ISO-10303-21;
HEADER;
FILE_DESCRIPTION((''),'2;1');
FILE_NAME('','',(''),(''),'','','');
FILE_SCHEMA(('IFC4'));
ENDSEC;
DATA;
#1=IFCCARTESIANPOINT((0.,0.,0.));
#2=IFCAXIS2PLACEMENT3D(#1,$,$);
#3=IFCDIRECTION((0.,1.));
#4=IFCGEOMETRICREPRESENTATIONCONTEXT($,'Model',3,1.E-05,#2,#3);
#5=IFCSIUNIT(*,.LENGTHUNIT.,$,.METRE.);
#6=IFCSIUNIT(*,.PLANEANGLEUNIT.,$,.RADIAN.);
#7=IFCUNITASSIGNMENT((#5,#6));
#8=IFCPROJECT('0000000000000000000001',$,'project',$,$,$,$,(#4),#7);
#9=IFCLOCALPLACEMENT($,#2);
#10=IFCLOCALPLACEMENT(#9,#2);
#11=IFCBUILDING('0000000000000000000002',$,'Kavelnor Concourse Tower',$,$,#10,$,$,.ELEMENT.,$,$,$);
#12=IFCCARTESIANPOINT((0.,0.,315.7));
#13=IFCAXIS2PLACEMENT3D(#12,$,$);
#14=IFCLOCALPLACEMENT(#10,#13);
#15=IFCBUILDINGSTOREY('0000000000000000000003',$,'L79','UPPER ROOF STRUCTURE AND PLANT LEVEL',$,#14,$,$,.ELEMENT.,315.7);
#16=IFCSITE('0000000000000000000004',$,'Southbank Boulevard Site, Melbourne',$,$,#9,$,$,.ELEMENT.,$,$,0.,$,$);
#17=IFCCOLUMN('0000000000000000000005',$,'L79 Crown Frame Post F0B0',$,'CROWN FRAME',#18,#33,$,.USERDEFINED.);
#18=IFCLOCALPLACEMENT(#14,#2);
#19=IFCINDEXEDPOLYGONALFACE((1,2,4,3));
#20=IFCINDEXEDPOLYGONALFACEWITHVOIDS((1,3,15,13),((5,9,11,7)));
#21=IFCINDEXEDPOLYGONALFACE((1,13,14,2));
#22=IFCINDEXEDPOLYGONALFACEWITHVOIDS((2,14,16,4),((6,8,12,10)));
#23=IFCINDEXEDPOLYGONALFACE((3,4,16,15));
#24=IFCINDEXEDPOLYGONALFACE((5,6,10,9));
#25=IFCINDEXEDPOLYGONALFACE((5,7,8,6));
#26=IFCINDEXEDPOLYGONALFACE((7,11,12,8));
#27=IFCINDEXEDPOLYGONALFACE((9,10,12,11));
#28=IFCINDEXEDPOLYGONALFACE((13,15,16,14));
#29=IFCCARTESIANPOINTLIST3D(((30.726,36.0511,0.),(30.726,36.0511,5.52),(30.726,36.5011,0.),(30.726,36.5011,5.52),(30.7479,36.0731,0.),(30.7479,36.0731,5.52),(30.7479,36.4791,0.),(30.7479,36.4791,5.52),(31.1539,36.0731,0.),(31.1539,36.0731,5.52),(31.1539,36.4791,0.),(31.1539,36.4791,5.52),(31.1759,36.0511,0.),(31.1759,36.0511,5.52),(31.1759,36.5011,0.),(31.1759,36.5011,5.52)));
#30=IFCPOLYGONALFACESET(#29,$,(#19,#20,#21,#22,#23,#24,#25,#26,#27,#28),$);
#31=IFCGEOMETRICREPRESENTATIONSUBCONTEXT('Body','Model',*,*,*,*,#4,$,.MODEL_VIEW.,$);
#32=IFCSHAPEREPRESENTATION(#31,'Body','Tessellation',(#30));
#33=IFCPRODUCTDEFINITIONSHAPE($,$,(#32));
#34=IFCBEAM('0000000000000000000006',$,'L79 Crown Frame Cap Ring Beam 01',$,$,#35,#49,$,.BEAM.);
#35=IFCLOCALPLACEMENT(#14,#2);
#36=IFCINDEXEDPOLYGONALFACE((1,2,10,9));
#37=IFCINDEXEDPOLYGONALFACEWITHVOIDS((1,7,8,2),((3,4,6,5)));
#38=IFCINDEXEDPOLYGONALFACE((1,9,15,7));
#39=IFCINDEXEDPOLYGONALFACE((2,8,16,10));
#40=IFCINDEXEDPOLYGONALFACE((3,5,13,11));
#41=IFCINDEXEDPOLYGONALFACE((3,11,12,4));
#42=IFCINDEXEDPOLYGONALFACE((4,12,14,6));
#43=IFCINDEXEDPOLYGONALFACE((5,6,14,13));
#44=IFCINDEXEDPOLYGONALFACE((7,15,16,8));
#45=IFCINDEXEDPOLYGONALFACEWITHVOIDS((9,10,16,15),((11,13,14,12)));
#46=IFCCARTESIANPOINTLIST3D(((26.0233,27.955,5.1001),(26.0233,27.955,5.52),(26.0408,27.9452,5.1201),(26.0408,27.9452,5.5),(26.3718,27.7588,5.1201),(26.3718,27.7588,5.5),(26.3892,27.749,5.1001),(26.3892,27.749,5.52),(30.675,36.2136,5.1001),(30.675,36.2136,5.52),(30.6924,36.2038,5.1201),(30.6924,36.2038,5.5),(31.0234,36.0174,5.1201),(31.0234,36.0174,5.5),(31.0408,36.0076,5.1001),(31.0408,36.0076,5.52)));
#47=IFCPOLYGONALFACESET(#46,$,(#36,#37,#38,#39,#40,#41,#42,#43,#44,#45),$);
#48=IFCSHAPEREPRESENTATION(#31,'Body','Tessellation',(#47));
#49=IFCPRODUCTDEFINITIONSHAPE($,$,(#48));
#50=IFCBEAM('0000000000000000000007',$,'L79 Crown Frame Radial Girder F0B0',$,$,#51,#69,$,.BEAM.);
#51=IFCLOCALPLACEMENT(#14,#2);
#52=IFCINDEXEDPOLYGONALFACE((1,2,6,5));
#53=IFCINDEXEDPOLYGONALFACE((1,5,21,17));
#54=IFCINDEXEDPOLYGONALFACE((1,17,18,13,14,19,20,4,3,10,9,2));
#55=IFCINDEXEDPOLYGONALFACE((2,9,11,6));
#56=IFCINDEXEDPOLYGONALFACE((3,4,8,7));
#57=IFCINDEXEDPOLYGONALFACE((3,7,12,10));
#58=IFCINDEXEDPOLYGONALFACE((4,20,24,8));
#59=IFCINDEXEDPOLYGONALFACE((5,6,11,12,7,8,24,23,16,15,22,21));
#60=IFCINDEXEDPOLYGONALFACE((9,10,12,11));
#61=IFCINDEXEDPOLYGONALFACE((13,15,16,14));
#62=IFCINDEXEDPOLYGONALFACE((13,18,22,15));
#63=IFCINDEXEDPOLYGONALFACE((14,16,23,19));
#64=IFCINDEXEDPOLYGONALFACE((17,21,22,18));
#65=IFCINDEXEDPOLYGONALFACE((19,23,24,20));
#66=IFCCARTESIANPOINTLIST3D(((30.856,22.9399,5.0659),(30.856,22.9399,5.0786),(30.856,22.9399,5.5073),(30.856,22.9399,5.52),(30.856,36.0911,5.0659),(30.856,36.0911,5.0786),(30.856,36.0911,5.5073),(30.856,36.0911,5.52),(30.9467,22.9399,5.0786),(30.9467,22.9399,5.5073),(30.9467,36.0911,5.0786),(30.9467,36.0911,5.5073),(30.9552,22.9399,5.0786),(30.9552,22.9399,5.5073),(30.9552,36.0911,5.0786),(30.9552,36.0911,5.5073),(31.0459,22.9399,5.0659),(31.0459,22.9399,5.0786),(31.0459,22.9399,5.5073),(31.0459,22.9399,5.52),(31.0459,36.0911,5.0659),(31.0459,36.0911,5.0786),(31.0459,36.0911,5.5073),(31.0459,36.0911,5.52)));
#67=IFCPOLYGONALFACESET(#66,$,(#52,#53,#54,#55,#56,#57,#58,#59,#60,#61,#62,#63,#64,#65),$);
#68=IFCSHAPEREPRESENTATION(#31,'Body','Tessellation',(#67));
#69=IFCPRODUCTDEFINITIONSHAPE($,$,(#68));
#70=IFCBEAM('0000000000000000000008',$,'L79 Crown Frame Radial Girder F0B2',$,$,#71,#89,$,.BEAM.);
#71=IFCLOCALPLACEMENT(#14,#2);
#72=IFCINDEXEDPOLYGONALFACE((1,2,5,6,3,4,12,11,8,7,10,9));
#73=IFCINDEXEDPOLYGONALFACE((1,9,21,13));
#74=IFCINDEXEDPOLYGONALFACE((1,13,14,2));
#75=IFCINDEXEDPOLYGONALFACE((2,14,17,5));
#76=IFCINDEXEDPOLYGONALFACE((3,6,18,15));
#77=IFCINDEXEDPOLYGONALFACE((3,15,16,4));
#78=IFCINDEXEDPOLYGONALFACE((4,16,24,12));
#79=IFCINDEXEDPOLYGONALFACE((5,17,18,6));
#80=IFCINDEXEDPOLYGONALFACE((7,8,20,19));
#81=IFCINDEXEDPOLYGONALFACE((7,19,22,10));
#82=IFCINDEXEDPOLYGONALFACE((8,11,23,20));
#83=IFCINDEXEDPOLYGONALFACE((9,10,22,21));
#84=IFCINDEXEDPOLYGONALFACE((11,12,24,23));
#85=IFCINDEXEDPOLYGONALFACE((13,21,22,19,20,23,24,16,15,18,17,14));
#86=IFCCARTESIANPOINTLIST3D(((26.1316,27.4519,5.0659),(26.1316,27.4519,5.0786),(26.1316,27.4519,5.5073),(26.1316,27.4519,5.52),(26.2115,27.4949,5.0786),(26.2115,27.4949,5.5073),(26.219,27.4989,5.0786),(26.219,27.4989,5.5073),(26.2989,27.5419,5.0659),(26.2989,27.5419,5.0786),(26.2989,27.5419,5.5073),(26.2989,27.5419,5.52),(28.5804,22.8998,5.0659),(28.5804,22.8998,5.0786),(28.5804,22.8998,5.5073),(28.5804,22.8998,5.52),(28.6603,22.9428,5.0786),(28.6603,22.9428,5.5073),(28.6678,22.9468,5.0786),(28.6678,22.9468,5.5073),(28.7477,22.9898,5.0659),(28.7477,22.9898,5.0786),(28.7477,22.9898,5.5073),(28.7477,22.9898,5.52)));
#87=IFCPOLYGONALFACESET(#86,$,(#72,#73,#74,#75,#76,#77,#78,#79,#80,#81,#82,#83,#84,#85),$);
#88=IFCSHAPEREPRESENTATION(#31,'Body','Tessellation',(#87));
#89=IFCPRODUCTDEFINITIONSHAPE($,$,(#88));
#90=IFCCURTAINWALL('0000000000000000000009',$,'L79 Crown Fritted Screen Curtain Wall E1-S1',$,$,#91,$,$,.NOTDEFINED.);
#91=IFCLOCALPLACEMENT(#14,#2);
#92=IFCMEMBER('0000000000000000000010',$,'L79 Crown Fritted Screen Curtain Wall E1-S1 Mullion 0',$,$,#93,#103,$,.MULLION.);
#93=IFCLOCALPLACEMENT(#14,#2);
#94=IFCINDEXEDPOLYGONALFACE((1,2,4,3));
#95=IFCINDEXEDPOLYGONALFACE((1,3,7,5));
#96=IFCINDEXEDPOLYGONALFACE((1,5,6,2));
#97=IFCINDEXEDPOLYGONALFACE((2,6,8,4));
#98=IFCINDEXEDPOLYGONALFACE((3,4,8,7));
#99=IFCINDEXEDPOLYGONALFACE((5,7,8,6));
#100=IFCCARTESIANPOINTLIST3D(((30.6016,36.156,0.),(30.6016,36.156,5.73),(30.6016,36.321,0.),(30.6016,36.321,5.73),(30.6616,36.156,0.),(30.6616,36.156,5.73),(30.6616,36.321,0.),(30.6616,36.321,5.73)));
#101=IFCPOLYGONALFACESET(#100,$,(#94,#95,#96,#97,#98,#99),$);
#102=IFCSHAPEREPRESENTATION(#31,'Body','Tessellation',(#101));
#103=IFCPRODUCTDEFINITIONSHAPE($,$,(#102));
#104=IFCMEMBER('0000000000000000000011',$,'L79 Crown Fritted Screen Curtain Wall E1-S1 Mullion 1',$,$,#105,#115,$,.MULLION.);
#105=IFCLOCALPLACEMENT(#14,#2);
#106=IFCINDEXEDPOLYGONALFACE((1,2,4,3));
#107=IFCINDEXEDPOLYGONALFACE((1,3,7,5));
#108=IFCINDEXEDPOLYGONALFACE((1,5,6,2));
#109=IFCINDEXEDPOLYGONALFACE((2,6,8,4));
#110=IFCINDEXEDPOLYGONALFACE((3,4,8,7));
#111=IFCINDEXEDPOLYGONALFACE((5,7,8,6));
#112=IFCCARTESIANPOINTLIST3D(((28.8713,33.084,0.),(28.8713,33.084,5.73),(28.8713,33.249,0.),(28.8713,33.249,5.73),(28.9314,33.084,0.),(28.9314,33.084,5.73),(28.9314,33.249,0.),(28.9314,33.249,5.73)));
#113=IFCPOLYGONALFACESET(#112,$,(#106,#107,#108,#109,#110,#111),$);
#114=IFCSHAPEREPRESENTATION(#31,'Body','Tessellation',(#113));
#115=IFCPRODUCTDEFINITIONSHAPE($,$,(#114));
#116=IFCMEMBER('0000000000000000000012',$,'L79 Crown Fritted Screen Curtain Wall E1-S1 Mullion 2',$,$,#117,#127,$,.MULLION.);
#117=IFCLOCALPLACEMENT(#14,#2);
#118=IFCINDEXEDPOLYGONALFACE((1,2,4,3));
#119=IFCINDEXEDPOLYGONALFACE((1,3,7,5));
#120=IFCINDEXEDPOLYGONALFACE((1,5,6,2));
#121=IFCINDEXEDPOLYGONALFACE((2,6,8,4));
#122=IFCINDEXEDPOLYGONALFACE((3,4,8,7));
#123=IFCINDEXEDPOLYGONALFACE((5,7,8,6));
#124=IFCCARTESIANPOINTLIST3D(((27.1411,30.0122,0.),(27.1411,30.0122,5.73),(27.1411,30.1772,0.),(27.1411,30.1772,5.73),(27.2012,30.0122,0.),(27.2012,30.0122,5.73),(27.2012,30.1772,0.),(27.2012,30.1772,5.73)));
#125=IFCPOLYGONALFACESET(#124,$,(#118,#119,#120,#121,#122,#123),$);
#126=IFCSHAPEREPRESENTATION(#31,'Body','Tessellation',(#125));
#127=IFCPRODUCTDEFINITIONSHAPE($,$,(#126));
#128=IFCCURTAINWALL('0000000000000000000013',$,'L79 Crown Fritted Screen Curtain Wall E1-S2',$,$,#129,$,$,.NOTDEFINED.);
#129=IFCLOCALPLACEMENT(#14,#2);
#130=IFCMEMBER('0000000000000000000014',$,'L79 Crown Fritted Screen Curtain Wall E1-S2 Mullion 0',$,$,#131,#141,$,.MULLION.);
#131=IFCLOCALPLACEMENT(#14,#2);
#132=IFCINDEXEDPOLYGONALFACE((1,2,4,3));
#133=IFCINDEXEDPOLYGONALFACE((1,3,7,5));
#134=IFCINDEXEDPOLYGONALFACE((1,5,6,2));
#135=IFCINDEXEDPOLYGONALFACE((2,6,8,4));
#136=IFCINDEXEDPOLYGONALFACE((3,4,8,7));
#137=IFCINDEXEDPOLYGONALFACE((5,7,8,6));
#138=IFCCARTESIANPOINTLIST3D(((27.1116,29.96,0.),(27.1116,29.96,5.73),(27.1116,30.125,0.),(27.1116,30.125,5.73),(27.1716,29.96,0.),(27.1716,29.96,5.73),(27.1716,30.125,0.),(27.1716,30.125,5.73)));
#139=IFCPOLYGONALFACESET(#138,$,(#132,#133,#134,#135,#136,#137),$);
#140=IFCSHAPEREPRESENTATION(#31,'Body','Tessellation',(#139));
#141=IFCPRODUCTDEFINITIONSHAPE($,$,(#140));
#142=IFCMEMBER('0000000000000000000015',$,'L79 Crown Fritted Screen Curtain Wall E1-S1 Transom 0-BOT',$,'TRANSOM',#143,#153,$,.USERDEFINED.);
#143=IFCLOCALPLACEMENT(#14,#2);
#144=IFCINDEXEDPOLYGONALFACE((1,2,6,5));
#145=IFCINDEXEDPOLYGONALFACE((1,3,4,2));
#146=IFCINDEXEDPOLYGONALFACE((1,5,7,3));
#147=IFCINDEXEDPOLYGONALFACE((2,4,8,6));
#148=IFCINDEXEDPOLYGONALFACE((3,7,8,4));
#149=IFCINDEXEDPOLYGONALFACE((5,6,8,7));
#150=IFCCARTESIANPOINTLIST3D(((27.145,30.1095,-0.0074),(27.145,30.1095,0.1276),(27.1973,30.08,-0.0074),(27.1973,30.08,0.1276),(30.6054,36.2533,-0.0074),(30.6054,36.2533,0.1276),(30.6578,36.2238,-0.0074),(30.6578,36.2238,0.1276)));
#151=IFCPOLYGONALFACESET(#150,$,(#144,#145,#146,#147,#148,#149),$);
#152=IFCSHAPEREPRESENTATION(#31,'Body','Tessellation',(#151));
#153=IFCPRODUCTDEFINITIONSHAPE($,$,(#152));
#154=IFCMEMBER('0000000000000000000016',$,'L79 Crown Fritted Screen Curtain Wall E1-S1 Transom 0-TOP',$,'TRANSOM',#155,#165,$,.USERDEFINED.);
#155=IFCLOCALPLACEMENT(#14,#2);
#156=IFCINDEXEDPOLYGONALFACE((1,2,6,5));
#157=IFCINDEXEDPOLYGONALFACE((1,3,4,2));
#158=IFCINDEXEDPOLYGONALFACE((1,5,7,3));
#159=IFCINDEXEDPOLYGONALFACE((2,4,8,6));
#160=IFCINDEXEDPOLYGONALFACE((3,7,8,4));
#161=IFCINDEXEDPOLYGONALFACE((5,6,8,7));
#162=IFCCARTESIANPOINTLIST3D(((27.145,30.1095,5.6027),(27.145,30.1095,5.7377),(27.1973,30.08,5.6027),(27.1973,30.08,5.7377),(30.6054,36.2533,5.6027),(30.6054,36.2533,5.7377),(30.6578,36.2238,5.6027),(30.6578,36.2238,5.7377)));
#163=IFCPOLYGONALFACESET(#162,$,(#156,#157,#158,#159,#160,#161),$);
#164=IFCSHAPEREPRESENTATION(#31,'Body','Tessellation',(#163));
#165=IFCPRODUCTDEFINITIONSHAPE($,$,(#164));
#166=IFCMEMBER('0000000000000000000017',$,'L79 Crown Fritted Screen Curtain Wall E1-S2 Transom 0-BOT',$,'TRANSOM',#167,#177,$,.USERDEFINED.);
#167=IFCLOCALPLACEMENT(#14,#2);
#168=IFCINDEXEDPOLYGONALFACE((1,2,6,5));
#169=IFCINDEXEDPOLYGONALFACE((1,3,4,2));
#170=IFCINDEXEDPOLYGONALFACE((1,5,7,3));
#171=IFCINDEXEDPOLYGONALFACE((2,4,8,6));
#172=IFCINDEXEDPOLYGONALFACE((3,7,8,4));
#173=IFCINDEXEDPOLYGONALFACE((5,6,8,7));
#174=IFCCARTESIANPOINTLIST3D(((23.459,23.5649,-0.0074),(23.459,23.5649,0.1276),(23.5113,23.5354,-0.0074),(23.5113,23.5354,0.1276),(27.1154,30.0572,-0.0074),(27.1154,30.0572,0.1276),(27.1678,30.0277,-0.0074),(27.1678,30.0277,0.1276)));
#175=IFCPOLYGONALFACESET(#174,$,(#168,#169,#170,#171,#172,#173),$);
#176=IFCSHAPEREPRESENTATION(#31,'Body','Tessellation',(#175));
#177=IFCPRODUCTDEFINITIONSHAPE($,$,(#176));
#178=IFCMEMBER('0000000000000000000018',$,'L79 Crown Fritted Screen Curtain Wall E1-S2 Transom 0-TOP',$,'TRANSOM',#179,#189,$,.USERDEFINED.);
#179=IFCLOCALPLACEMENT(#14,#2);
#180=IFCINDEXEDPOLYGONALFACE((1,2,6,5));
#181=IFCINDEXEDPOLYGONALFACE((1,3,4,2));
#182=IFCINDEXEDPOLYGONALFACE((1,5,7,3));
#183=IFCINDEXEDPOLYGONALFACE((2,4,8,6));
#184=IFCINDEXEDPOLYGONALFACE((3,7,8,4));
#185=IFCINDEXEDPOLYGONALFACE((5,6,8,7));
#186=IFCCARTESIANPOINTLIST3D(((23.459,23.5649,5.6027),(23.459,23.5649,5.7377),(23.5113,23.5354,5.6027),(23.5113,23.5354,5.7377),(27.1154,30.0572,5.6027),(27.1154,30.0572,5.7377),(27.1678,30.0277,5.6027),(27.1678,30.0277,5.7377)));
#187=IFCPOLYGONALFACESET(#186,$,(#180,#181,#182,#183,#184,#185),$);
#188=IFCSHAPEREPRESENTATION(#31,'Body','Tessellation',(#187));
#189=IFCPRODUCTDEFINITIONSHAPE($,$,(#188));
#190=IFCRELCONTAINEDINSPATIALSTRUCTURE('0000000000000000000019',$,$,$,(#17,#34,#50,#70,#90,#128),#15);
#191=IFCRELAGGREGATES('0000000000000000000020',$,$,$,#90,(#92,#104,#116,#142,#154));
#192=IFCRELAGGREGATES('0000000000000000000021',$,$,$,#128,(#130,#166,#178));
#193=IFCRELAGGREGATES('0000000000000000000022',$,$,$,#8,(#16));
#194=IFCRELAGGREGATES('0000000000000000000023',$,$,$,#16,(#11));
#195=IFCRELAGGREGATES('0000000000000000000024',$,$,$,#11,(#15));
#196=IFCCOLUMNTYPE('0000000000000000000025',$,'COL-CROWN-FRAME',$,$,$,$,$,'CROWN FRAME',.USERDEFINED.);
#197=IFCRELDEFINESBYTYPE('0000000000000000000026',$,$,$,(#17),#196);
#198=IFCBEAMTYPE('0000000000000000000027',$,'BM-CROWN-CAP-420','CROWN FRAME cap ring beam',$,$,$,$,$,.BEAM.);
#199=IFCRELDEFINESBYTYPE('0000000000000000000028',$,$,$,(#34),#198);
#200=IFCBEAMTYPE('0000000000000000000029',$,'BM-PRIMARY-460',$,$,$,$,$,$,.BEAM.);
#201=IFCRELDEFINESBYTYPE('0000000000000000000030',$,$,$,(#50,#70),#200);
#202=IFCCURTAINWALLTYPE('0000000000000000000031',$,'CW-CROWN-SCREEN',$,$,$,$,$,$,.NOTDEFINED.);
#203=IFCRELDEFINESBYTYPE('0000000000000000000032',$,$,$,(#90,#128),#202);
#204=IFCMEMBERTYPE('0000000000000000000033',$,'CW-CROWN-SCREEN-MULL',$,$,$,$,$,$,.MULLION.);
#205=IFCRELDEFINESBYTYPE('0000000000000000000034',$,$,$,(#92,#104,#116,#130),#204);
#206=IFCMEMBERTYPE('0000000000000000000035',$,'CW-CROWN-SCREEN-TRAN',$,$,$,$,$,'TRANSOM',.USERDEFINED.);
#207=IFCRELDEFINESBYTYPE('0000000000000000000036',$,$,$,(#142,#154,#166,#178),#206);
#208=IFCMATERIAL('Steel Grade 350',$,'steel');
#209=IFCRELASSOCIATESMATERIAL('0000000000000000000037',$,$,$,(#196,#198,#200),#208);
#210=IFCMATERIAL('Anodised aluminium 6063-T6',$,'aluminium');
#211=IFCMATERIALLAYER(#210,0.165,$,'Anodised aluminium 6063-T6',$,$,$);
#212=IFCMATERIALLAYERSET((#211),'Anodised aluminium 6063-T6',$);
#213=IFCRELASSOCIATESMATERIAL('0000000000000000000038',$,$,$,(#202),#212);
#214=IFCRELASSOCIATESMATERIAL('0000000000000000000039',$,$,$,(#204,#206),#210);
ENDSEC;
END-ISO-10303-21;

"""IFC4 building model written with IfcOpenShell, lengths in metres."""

from ifc_helpers import new_model, si_unit, direction, frame, origin, origin_2d, place, context, subcontext, project, spatial, rectangle, hollow_rectangle, i_section, extrude, material, layer, layer_set, material_profile, profile_set, type_object, element, aggregate, save


model = new_model("IFC4")

# Units and contexts
model_context = context("Model", 3, precision=1e-05, world=origin(), true_north=direction((0.0, 1.0)))
body_context = subcontext(model_context, "Body", "Model", "MODEL_VIEW")
ifc_project = project(units=[si_unit("LENGTHUNIT", "METRE"), si_unit("PLANEANGLEUNIT", "RADIAN")], contexts=[model_context])

# Site, building, storey
site_placement = place(None, origin())
site = spatial("IfcSite", under=ifc_project, at=site_placement, Name="Southbank Boulevard Site, Melbourne", CompositionType="ELEMENT", RefElevation=0.0)
building_placement = place(site_placement, origin())
building = spatial("IfcBuilding", under=site, at=building_placement, Name="Kavelnor Concourse Tower", CompositionType="ELEMENT")
storey_placement = place(building_placement, frame((0.0, 0.0, 315.7)))
storey = spatial("IfcBuildingStorey", under=building, at=storey_placement, Name="L79", Description="UPPER ROOF STRUCTURE AND PLANT LEVEL", CompositionType="ELEMENT", Elevation=315.7)

# Column
ifc_material_1 = material(Name="Steel Grade 350", Category="steel")
ifc_material_profile_1 = material_profile(ifc_material_1, hollow_rectangle(XDim=0.45, YDim=0.45, WallThickness=0.022, at=origin_2d()), Name="SHS 450x450x22")
ifc_profile_set_1 = profile_set([ifc_material_profile_1], Name="Steel Grade 350")
column_type = type_object("IfcColumnType", Name="COL-CROWN-FRAME", ElementType="CROWN FRAME", PredefinedType="USERDEFINED", material=ifc_profile_set_1)
column_placement = place(storey_placement, frame((30.9509, 36.2761, 0.0), z_axis=(0.0, 0.0, 1.0), x_axis=(1.0, 0.0, 0.0)))
element("IfcColumn", 1, at=column_placement, inside=storey, type_object=column_type, Name="L79 Crown Frame Post F0B0", ObjectType="CROWN FRAME", PredefinedType="USERDEFINED", context=body_context, shape_type="SweptSolid", body=[
    extrude(hollow_rectangle(XDim=0.45, YDim=0.45, WallThickness=0.022, at=origin_2d()), origin(), (0.0, 0.0, 1.0), 5.52),
])

# Beams
ifc_material_profile_2 = material_profile(ifc_material_1, hollow_rectangle(XDim=0.4199, YDim=0.4199, WallThickness=0.02, at=origin_2d()), Name="RHS 420x420x20")
ifc_profile_set_2 = profile_set([ifc_material_profile_2], Name="Steel Grade 350")
beam_type_1 = type_object("IfcBeamType", Name="BM-CROWN-CAP-420", Description="CROWN FRAME cap ring beam", PredefinedType="BEAM", material=ifc_profile_set_2)
beam_1_placement = place(storey_placement, frame((30.8579, 36.1106, 5.3101), z_axis=(-0.490756, -0.871297, 0.0), x_axis=(0.871297, -0.490756, 0.0)))
element("IfcBeam", 2, at=beam_1_placement, inside=storey, type_object=beam_type_1, Name="L79 Crown Frame Cap Ring Beam 01", PredefinedType="BEAM", context=body_context, shape_type="SweptSolid", body=[
    extrude(hollow_rectangle(XDim=0.4199, YDim=0.4199, WallThickness=0.02, at=origin_2d()), origin(), (0.0, 0.0, 1.0), 9.4785),
])
ifc_material_profile_3 = material_profile(ifc_material_1, i_section(OverallWidth=0.1899, OverallDepth=0.4541, WebThickness=0.0085, FlangeThickness=0.0127, at=origin_2d()), Name="460UB67")
ifc_profile_set_3 = profile_set([ifc_material_profile_3], Name="Steel Grade 350")
beam_type_2 = type_object("IfcBeamType", Name="BM-PRIMARY-460", PredefinedType="BEAM", material=ifc_profile_set_3)
beam_2_placement = place(storey_placement, frame((30.9509, 22.9399, 5.293), z_axis=(0.0, 1.0, 0.0), x_axis=(-1.0, 0.0, 0.0)))
element("IfcBeam", 3, at=beam_2_placement, inside=storey, type_object=beam_type_2, Name="L79 Crown Frame Radial Girder F0B0", PredefinedType="BEAM", context=body_context, shape_type="SweptSolid", body=[
    extrude(i_section(OverallWidth=0.1899, OverallDepth=0.4541, WebThickness=0.0085, FlangeThickness=0.0127, at=origin_2d()), origin(), (0.0, 0.0, 1.0), 13.1511),
])
beam_3_placement = place(storey_placement, frame((28.6641, 22.9448, 5.293), z_axis=(-0.473748, 0.880661, 0.0), x_axis=(-0.880661, -0.473748, 0.0)))
element("IfcBeam", 4, at=beam_3_placement, inside=storey, type_object=beam_type_2, Name="L79 Crown Frame Radial Girder F0B2", PredefinedType="BEAM", context=body_context, shape_type="SweptSolid", body=[
    extrude(i_section(OverallWidth=0.1899, OverallDepth=0.4541, WebThickness=0.0085, FlangeThickness=0.0127, at=origin_2d()), origin(), (0.0, 0.0, 1.0), 5.1689),
])

# Curtain wall, members
ifc_material_2 = material(Name="Anodised aluminium 6063-T6", Category="aluminium")
ifc_layer_1 = layer(ifc_material_2, 0.165, Name="Anodised aluminium 6063-T6")
ifc_layer_set_1 = layer_set([ifc_layer_1], Name="Anodised aluminium 6063-T6")
curtain_wall_type = type_object("IfcCurtainWallType", Name="CW-CROWN-SCREEN", PredefinedType="NOTDEFINED", material=ifc_layer_set_1)
curtain_wall_1_placement = place(storey_placement, origin())
curtain_wall_1 = element("IfcCurtainWall", 5, at=curtain_wall_1_placement, inside=storey, type_object=curtain_wall_type, Name="L79 Crown Fritted Screen Curtain Wall E1-S1", PredefinedType="NOTDEFINED")
ifc_material_profile_4 = material_profile(ifc_material_2, rectangle(XDim=0.0601, YDim=0.165, at=origin_2d()), Name="AL-MULL 60x165")
ifc_profile_set_4 = profile_set([ifc_material_profile_4], Name="Anodised aluminium 6063-T6")
member_type_1 = type_object("IfcMemberType", Name="CW-CROWN-SCREEN-MULL", PredefinedType="MULLION", material=ifc_profile_set_4)
member_1_placement = place(storey_placement, frame((30.6316, 36.2385, 0.0), z_axis=(0.0, 0.0, 1.0), x_axis=(1.0, 0.0, 0.0)))
member_1 = element("IfcMember", 6, at=member_1_placement, type_object=member_type_1, Name="L79 Crown Fritted Screen Curtain Wall E1-S1 Mullion 0", PredefinedType="MULLION", context=body_context, shape_type="SweptSolid", body=[
    extrude(rectangle(XDim=0.0601, YDim=0.165, at=origin_2d()), origin(), (0.0, 0.0, 1.0), 5.73),
])
member_2_placement = place(storey_placement, frame((28.9014, 33.1665, 0.0), z_axis=(0.0, 0.0, 1.0), x_axis=(1.0, 0.0, 0.0)))
member_2 = element("IfcMember", 7, at=member_2_placement, type_object=member_type_1, Name="L79 Crown Fritted Screen Curtain Wall E1-S1 Mullion 1", PredefinedType="MULLION", context=body_context, shape_type="SweptSolid", body=[
    extrude(rectangle(XDim=0.0601, YDim=0.165, at=origin_2d()), origin(), (0.0, 0.0, 1.0), 5.73),
])
member_3_placement = place(storey_placement, frame((27.1711, 30.0947, 0.0), z_axis=(0.0, 0.0, 1.0), x_axis=(1.0, 0.0, 0.0)))
member_3 = element("IfcMember", 8, at=member_3_placement, type_object=member_type_1, Name="L79 Crown Fritted Screen Curtain Wall E1-S1 Mullion 2", PredefinedType="MULLION", context=body_context, shape_type="SweptSolid", body=[
    extrude(rectangle(XDim=0.0601, YDim=0.165, at=origin_2d()), origin(), (0.0, 0.0, 1.0), 5.73),
])

# Curtain wall, member
curtain_wall_2_placement = place(storey_placement, origin())
curtain_wall_2 = element("IfcCurtainWall", 9, at=curtain_wall_2_placement, inside=storey, type_object=curtain_wall_type, Name="L79 Crown Fritted Screen Curtain Wall E1-S2", PredefinedType="NOTDEFINED")
member_4_placement = place(storey_placement, frame((27.1416, 30.0425, 0.0), z_axis=(0.0, 0.0, 1.0), x_axis=(1.0, 0.0, 0.0)))
member_4 = element("IfcMember", 10, at=member_4_placement, type_object=member_type_1, Name="L79 Crown Fritted Screen Curtain Wall E1-S2 Mullion 0", PredefinedType="MULLION", context=body_context, shape_type="SweptSolid", body=[
    extrude(rectangle(XDim=0.0601, YDim=0.165, at=origin_2d()), origin(), (0.0, 0.0, 1.0), 5.73),
])

# Members
ifc_material_profile_5 = material_profile(ifc_material_2, rectangle(XDim=0.0601, YDim=0.135, at=origin_2d()), Name="AL-TRAN 60x135")
ifc_profile_set_5 = profile_set([ifc_material_profile_5], Name="Anodised aluminium 6063-T6")
member_type_2 = type_object("IfcMemberType", Name="CW-CROWN-SCREEN-TRAN", ElementType="TRANSOM", PredefinedType="USERDEFINED", material=ifc_profile_set_5)
member_5_placement = place(storey_placement, frame((30.6316, 36.2385, 0.0601), z_axis=(-0.490753, -0.871299, 0.0), x_axis=(0.871299, -0.490753, 0.0)))
member_5 = element("IfcMember", 11, at=member_5_placement, type_object=member_type_2, Name="L79 Crown Fritted Screen Curtain Wall E1-S1 Transom 0-BOT", ObjectType="TRANSOM", PredefinedType="USERDEFINED", context=body_context, shape_type="SweptSolid", body=[
    extrude(rectangle(XDim=0.0601, YDim=0.135, at=origin_2d()), origin(), (0.0, 0.0, 1.0), 7.0513),
])
member_6_placement = place(storey_placement, frame((30.6316, 36.2385, 5.6702), z_axis=(-0.490753, -0.871299, 0.0), x_axis=(0.871299, -0.490753, 0.0)))
member_6 = element("IfcMember", 12, at=member_6_placement, type_object=member_type_2, Name="L79 Crown Fritted Screen Curtain Wall E1-S1 Transom 0-TOP", ObjectType="TRANSOM", PredefinedType="USERDEFINED", context=body_context, shape_type="SweptSolid", body=[
    extrude(rectangle(XDim=0.0601, YDim=0.135, at=origin_2d()), origin(), (0.0, 0.0, 1.0), 7.0513),
])
member_7_placement = place(storey_placement, frame((27.1416, 30.0425, 0.0601), z_axis=(-0.49072, -0.871317, 0.0), x_axis=(0.871317, -0.49072, 0.0)))
member_7 = element("IfcMember", 13, at=member_7_placement, type_object=member_type_2, Name="L79 Crown Fritted Screen Curtain Wall E1-S2 Transom 0-BOT", ObjectType="TRANSOM", PredefinedType="USERDEFINED", context=body_context, shape_type="SweptSolid", body=[
    extrude(rectangle(XDim=0.0601, YDim=0.135, at=origin_2d()), origin(), (0.0, 0.0, 1.0), 7.4512),
])
member_8_placement = place(storey_placement, frame((27.1416, 30.0425, 5.6702), z_axis=(-0.49072, -0.871317, 0.0), x_axis=(0.871317, -0.49072, 0.0)))
member_8 = element("IfcMember", 14, at=member_8_placement, type_object=member_type_2, Name="L79 Crown Fritted Screen Curtain Wall E1-S2 Transom 0-TOP", ObjectType="TRANSOM", PredefinedType="USERDEFINED", context=body_context, shape_type="SweptSolid", body=[
    extrude(rectangle(XDim=0.0601, YDim=0.135, at=origin_2d()), origin(), (0.0, 0.0, 1.0), 7.4512),
])

aggregate(curtain_wall_1, [member_1, member_2, member_3, member_5, member_6])
aggregate(curtain_wall_2, [member_4, member_7, member_8])

save(model, "model.ifc")
